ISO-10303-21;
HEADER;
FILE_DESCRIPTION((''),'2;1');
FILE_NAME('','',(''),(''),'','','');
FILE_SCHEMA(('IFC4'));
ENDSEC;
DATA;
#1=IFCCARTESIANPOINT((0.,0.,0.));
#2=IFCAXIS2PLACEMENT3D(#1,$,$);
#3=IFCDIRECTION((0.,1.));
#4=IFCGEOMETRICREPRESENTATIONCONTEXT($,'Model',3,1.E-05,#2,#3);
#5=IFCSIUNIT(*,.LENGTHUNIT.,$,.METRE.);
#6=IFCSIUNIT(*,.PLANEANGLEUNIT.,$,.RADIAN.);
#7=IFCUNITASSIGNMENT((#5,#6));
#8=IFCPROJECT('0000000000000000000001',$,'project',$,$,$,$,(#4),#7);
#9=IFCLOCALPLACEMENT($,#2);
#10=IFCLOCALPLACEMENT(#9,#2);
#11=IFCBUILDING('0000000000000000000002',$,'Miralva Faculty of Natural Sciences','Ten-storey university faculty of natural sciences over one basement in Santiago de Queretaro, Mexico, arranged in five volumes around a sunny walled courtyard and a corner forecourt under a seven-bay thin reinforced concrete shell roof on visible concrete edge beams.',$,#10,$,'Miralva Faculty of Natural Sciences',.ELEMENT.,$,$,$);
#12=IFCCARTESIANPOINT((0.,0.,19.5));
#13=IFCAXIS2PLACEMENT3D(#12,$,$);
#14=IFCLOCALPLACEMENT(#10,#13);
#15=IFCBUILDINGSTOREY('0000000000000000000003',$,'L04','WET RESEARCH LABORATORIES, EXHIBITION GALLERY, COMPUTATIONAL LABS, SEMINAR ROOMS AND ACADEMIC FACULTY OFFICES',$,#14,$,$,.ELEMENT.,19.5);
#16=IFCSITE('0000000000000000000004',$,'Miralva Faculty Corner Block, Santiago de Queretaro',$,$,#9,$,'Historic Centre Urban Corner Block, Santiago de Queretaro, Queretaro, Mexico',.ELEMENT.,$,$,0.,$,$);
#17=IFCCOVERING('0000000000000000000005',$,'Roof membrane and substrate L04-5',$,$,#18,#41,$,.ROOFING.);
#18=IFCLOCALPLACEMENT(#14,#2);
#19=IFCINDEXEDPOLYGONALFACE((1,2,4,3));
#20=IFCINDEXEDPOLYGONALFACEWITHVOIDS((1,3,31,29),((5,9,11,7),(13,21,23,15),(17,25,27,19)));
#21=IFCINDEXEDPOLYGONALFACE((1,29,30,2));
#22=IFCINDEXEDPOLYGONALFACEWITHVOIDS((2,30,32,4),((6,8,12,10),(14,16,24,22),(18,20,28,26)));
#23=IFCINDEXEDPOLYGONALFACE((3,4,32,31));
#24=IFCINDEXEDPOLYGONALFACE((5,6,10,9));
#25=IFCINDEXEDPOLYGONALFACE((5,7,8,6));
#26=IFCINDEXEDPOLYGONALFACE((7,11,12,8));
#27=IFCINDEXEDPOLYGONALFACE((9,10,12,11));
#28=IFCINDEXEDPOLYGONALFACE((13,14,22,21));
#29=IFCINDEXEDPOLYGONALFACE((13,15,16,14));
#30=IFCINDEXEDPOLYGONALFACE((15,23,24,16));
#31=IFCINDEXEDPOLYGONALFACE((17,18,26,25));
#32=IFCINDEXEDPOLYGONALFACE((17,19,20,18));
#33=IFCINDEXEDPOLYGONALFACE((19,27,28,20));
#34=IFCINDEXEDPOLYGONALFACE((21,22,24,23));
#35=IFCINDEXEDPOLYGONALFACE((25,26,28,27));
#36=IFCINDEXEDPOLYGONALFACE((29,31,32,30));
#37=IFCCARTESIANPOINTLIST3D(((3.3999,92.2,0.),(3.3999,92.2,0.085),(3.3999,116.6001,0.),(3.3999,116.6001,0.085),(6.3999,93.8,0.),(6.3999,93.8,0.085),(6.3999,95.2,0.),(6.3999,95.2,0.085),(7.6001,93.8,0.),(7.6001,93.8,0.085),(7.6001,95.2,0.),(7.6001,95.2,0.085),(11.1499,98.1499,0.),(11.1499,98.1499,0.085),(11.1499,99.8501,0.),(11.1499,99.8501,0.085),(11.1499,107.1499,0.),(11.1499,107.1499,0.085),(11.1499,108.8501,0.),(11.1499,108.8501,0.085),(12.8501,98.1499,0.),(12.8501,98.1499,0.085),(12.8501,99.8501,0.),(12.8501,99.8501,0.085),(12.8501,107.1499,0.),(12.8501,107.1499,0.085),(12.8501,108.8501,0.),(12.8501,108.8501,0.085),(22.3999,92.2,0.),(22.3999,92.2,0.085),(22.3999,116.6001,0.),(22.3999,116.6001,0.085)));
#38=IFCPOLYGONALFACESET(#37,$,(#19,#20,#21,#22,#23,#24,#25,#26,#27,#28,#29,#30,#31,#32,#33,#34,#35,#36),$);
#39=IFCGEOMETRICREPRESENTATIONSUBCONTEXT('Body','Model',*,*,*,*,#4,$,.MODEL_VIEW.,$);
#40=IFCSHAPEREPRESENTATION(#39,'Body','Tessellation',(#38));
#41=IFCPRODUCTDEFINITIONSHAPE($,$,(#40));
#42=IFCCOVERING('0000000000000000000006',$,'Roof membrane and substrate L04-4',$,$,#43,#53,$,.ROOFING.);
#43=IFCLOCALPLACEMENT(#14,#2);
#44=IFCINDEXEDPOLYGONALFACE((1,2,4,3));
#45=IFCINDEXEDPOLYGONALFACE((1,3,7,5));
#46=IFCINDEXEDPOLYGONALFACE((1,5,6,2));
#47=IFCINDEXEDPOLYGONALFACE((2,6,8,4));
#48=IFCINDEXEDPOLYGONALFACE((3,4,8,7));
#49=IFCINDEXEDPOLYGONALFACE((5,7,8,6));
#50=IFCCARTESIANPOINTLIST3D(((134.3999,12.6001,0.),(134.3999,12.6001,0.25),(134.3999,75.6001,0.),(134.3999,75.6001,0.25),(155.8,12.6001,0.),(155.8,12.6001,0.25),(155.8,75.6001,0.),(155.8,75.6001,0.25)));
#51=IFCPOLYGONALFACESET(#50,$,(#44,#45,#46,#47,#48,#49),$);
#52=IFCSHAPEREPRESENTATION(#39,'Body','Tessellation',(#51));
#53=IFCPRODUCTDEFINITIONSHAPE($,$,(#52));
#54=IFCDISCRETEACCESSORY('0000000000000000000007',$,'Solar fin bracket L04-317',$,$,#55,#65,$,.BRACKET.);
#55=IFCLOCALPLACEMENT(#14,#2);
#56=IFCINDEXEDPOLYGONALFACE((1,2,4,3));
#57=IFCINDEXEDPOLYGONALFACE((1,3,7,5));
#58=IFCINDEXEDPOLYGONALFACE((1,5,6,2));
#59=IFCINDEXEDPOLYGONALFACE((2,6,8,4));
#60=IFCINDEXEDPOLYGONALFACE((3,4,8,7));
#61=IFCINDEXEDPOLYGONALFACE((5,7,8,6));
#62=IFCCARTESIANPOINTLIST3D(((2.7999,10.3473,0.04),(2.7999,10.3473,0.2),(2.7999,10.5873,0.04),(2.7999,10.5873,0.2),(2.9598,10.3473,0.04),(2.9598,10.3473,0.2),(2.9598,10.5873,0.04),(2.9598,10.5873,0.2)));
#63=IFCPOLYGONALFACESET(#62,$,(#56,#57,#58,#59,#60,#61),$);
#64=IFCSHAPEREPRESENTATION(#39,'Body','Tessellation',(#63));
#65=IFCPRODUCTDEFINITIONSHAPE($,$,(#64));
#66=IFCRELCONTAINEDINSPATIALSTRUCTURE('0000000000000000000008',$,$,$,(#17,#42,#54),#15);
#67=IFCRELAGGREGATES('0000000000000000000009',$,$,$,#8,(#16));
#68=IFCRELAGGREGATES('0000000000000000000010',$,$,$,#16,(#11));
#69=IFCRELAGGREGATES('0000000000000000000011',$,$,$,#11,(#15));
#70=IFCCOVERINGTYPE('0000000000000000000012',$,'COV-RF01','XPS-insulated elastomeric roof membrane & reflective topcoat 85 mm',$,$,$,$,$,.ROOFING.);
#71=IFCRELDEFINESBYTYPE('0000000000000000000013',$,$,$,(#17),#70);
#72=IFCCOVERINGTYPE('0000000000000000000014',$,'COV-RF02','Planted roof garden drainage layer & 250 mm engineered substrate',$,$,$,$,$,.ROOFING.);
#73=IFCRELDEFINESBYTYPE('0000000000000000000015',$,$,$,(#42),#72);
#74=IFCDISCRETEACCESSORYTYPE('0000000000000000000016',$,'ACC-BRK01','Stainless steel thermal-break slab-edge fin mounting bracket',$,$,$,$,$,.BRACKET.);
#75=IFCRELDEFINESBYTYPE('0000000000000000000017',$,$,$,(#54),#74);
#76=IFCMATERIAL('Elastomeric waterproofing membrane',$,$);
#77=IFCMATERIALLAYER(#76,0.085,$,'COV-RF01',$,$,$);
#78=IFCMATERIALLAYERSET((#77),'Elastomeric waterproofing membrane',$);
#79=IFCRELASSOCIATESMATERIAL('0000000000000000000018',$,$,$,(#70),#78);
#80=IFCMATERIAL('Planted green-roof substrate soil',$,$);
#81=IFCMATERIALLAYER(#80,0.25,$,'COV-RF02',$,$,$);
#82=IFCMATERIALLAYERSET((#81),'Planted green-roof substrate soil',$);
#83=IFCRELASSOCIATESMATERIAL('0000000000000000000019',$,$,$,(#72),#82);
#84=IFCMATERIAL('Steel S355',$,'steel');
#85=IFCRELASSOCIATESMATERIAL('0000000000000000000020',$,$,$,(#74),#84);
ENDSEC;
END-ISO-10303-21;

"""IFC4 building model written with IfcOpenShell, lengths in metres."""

from ifc_helpers import new_model, si_unit, direction, frame, origin, origin_2d, place, context, subcontext, project, spatial, polyline, rectangle, outline, extrude, material, layer, layer_set, type_object, element, save


model = new_model("IFC4")

# Units and contexts
model_context = context("Model", 3, precision=1e-05, world=origin(), true_north=direction((0.0, 1.0)))
body_context = subcontext(model_context, "Body", "Model", "MODEL_VIEW")
ifc_project = project(units=[si_unit("LENGTHUNIT", "METRE"), si_unit("PLANEANGLEUNIT", "RADIAN")], contexts=[model_context])

# Site, building, storey
site_placement = place(None, origin())
site = spatial("IfcSite", under=ifc_project, at=site_placement, Name="Miralva Faculty Corner Block, Santiago de Queretaro", LongName="Historic Centre Urban Corner Block, Santiago de Queretaro, Queretaro, Mexico", CompositionType="ELEMENT", RefElevation=0.0)
building_placement = place(site_placement, origin())
building = spatial("IfcBuilding", under=site, at=building_placement, Name="Miralva Faculty of Natural Sciences", Description="Ten-storey university faculty of natural sciences over one basement in Santiago de Queretaro, Mexico, arranged in five volumes around a sunny walled courtyard and a corner forecourt under a seven-bay thin reinforced concrete shell roof on visible concrete edge beams.", LongName="Miralva Faculty of Natural Sciences", CompositionType="ELEMENT")
storey_placement = place(building_placement, frame((0.0, 0.0, 19.5)))
storey = spatial("IfcBuildingStorey", under=building, at=storey_placement, Name="L04", Description="WET RESEARCH LABORATORIES, EXHIBITION GALLERY, COMPUTATIONAL LABS, SEMINAR ROOMS AND ACADEMIC FACULTY OFFICES", CompositionType="ELEMENT", Elevation=19.5)

# Coverings
ifc_material_1 = material(Name="Elastomeric waterproofing membrane")
ifc_layer_1 = layer(ifc_material_1, 0.085, Name="COV-RF01")
ifc_layer_set_1 = layer_set([ifc_layer_1], Name="Elastomeric waterproofing membrane")
covering_type_1 = type_object("IfcCoveringType", Name="COV-RF01", Description="XPS-insulated elastomeric roof membrane & reflective topcoat 85 mm", PredefinedType="ROOFING", material=ifc_layer_set_1)
covering_1_placement = place(storey_placement, origin())
element("IfcCovering", 1, at=covering_1_placement, inside=storey, type_object=covering_type_1, Name="Roof membrane and substrate L04-5", PredefinedType="ROOFING", context=body_context, shape_type="SweptSolid", body=[
    extrude(outline(polyline([(22.3999, 92.2), (3.3999, 92.2), (3.3999, 116.6001), (22.3999, 116.6001), (22.3999, 92.2)]), holes=[polyline([(11.1499, 98.1499), (12.8501, 98.1499), (12.8501, 99.8501), (11.1499, 99.8501), (11.1499, 98.1499)]), polyline([(11.1499, 108.8501), (11.1499, 107.1499), (12.8501, 107.1499), (12.8501, 108.8501), (11.1499, 108.8501)]), polyline([(7.6001, 95.2), (6.3999, 95.2), (6.3999, 93.8), (7.6001, 93.8), (7.6001, 95.2)])]), origin(), (0.0, 0.0, 1.0), 0.085),
])
ifc_material_2 = material(Name="Planted green-roof substrate soil")
ifc_layer_2 = layer(ifc_material_2, 0.25, Name="COV-RF02")
ifc_layer_set_2 = layer_set([ifc_layer_2], Name="Planted green-roof substrate soil")
covering_type_2 = type_object("IfcCoveringType", Name="COV-RF02", Description="Planted roof garden drainage layer & 250 mm engineered substrate", PredefinedType="ROOFING", material=ifc_layer_set_2)
covering_2_placement = place(storey_placement, origin())
element("IfcCovering", 2, at=covering_2_placement, inside=storey, type_object=covering_type_2, Name="Roof membrane and substrate L04-4", PredefinedType="ROOFING", context=body_context, shape_type="SweptSolid", body=[
    extrude(outline(polyline([(155.8, 12.6001), (134.3999, 12.6001), (134.3999, 75.6001), (155.8, 75.6001), (155.8, 12.6001)])), origin(), (0.0, 0.0, 1.0), 0.25),
])

# Discrete accessory
ifc_material_3 = material(Name="Steel S355", Category="steel")
discrete_accessory_type = type_object("IfcDiscreteAccessoryType", Name="ACC-BRK01", Description="Stainless steel thermal-break slab-edge fin mounting bracket", PredefinedType="BRACKET", material=ifc_material_3)
discrete_accessory_placement = place(storey_placement, frame((2.8799, 10.4673, 0.04), z_axis=(0.0, 0.0, 1.0), x_axis=(-1.0, 0.0, 0.0)))
element("IfcDiscreteAccessory", 3, at=discrete_accessory_placement, inside=storey, type_object=discrete_accessory_type, Name="Solar fin bracket L04-317", PredefinedType="BRACKET", context=body_context, shape_type="SweptSolid", body=[
    extrude(rectangle(XDim=0.1599, YDim=0.24, at=origin_2d()), origin(), (0.0, 0.0, 1.0), 0.1599),
])

save(model, "model.ifc")
